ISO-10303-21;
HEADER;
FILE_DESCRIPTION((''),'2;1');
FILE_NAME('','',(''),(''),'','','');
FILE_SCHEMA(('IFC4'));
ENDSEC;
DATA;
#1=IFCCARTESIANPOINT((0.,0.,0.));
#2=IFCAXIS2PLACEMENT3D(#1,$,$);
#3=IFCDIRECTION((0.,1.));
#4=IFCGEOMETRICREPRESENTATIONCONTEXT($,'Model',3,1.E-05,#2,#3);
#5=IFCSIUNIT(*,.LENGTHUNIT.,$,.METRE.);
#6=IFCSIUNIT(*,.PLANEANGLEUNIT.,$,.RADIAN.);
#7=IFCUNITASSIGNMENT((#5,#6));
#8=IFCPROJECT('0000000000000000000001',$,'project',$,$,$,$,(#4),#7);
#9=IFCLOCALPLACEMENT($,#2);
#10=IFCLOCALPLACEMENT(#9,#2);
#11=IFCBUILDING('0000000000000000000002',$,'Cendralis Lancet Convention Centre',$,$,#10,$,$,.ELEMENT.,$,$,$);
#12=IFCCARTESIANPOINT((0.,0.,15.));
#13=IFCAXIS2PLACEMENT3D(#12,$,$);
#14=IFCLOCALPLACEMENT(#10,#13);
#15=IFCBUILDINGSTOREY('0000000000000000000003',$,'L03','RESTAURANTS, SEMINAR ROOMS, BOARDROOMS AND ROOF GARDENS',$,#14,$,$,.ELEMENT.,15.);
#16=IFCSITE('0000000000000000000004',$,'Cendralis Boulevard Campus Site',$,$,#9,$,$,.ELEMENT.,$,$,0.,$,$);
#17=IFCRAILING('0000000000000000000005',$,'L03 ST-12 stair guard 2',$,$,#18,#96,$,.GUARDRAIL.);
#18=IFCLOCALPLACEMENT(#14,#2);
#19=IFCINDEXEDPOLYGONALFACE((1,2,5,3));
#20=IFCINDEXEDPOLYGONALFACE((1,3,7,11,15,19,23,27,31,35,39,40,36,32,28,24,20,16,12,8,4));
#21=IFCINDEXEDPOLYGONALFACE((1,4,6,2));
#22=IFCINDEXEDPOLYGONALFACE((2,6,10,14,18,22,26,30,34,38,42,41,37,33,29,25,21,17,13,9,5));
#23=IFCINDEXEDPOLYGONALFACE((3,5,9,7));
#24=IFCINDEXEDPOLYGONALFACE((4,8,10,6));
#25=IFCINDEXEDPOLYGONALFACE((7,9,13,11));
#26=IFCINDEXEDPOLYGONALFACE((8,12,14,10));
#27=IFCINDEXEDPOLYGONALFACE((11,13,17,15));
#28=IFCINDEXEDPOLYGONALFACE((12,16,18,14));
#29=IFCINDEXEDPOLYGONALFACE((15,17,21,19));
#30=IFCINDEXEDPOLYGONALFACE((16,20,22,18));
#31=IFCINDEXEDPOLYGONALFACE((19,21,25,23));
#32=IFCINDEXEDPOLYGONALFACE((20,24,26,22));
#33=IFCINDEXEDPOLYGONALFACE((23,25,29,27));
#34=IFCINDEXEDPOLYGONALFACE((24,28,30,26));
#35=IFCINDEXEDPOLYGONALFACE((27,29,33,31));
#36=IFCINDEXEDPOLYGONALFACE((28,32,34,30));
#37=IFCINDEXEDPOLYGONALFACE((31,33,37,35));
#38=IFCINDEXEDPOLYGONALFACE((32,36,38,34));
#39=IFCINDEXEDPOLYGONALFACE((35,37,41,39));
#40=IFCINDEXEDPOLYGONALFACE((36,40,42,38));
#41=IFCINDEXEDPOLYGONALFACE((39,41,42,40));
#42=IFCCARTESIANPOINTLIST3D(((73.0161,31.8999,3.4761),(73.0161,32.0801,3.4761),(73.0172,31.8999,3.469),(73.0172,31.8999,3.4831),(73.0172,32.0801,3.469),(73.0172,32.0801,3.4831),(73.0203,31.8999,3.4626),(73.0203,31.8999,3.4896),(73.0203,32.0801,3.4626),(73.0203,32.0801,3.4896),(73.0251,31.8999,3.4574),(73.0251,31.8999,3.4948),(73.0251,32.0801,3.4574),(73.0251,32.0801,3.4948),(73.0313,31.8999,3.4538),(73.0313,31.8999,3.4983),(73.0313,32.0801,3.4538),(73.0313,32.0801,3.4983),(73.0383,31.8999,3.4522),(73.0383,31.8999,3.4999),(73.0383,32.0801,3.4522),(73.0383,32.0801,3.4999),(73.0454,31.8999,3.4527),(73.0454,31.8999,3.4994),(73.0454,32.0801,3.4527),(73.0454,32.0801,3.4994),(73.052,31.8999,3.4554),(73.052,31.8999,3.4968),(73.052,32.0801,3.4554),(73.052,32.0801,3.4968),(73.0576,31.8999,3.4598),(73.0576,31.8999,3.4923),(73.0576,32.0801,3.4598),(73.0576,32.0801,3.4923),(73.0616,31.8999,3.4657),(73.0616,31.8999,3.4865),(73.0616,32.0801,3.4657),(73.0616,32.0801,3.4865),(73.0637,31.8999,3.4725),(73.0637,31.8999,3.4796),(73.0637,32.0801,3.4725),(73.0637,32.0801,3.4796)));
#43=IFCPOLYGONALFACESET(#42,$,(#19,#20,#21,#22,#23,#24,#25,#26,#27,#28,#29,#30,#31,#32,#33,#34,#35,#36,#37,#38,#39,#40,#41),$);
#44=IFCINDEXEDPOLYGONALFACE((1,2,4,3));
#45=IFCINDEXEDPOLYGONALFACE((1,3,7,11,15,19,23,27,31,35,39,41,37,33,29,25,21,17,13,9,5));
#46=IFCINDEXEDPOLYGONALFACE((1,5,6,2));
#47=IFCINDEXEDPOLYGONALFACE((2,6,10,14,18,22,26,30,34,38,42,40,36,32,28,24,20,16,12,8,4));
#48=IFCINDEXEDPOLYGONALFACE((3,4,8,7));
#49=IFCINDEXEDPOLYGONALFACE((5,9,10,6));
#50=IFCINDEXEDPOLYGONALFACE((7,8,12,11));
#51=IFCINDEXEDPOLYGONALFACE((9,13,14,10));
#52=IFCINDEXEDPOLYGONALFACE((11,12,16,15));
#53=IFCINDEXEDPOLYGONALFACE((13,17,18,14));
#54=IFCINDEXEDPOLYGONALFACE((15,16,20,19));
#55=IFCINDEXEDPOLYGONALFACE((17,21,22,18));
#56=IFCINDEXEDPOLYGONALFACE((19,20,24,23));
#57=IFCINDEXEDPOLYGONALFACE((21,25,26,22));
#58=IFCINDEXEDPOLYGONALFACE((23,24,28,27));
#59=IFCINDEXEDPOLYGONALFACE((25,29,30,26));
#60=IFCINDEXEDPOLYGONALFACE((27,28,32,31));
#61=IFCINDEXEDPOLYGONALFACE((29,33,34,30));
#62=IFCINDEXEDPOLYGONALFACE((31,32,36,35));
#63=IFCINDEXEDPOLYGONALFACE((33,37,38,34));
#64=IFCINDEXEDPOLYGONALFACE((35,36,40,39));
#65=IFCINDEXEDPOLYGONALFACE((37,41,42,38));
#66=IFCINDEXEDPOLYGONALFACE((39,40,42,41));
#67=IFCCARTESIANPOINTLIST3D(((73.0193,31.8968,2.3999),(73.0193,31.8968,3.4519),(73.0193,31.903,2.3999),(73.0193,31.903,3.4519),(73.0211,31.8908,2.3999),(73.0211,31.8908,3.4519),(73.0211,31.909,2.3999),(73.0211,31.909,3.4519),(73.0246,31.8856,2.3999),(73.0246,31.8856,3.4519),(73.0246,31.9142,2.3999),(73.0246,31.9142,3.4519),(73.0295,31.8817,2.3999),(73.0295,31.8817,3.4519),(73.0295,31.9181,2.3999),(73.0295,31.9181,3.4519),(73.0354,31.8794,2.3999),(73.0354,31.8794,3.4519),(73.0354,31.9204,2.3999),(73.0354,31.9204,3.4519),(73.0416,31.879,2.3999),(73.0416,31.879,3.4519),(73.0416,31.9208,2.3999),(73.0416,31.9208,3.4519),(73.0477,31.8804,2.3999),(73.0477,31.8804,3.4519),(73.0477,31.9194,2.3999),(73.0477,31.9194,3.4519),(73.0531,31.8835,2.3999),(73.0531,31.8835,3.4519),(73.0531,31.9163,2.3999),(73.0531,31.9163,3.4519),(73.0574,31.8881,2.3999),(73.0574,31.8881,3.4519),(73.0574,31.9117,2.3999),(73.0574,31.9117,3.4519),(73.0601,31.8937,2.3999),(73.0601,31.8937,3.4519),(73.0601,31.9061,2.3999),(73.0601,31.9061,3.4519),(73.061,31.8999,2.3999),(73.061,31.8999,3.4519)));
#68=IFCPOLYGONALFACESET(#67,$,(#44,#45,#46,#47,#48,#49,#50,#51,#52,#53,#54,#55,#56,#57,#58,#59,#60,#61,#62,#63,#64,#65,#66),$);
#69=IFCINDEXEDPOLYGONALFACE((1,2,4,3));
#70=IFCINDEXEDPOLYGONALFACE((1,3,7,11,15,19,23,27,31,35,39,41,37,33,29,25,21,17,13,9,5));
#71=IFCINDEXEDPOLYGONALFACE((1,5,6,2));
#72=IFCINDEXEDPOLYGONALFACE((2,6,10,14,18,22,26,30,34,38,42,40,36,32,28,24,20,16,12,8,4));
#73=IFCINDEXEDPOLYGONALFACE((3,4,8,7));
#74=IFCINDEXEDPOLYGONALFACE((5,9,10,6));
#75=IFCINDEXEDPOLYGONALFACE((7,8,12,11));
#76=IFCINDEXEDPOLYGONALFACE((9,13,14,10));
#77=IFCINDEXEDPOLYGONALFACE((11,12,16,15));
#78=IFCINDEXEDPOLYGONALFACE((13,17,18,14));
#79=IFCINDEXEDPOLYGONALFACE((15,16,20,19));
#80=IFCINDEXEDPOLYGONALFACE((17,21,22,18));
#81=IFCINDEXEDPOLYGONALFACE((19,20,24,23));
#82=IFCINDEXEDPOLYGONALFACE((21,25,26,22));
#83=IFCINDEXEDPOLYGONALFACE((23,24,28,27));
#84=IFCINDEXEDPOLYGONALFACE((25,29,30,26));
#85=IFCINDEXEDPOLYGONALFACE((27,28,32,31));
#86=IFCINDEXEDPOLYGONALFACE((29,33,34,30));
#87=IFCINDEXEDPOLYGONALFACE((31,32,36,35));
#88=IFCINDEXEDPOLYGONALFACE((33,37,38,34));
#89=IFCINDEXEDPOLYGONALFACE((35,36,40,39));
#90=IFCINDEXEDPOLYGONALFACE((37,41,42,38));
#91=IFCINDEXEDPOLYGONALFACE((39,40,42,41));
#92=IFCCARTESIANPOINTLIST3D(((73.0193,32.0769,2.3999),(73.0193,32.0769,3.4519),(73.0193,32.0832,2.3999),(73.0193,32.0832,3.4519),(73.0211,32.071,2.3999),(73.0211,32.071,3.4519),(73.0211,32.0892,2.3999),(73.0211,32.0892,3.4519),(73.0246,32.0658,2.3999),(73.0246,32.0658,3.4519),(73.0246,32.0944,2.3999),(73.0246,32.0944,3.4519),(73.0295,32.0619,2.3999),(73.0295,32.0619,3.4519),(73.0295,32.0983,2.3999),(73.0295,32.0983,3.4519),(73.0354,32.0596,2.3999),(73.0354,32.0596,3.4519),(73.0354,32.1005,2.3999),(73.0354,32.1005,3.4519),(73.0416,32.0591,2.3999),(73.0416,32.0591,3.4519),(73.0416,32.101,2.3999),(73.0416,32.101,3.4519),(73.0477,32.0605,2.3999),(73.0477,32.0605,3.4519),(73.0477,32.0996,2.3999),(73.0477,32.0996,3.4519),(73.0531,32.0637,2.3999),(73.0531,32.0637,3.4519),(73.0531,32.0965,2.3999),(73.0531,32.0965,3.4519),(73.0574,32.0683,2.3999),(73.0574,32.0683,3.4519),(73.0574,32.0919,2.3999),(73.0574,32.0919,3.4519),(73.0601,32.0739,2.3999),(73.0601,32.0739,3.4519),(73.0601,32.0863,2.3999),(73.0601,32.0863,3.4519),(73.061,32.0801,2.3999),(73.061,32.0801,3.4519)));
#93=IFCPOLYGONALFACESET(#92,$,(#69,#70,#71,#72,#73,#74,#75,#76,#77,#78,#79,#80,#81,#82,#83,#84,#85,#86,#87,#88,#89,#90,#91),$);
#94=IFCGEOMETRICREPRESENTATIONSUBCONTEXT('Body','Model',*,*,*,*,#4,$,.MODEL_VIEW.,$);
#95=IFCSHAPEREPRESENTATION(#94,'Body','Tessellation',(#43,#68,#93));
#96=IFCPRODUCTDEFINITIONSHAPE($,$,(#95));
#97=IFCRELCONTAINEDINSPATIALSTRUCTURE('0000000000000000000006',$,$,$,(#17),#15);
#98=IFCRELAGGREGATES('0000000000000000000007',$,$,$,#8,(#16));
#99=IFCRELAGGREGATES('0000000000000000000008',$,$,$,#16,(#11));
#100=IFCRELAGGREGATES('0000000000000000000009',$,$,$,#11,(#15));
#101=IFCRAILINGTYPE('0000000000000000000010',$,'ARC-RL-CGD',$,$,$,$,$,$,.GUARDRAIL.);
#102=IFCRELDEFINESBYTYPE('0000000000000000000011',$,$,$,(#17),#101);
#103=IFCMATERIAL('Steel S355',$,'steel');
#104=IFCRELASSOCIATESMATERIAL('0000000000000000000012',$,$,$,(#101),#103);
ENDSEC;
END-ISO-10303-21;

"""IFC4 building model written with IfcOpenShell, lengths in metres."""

from ifc_helpers import new_model, si_unit, direction, frame, origin, origin_2d, place, context, subcontext, project, spatial, circle, extrude, material, type_object, element, save


model = new_model("IFC4")

# Units and contexts
model_context = context("Model", 3, precision=1e-05, world=origin(), true_north=direction((0.0, 1.0)))
body_context = subcontext(model_context, "Body", "Model", "MODEL_VIEW")
ifc_project = project(units=[si_unit("LENGTHUNIT", "METRE"), si_unit("PLANEANGLEUNIT", "RADIAN")], contexts=[model_context])

# Site, building, storey
site_placement = place(None, origin())
site = spatial("IfcSite", under=ifc_project, at=site_placement, Name="Cendralis Boulevard Campus Site", CompositionType="ELEMENT", RefElevation=0.0)
building_placement = place(site_placement, origin())
building = spatial("IfcBuilding", under=site, at=building_placement, Name="Cendralis Lancet Convention Centre", CompositionType="ELEMENT")
storey_placement = place(building_placement, frame((0.0, 0.0, 15.0)))
storey = spatial("IfcBuildingStorey", under=building, at=storey_placement, Name="L03", Description="RESTAURANTS, SEMINAR ROOMS, BOARDROOMS AND ROOF GARDENS", CompositionType="ELEMENT", Elevation=15.0)

# Railing
ifc_material_1 = material(Name="Steel S355", Category="steel")
railing_type_1 = type_object("IfcRailingType", Name="ARC-RL-CGD", PredefinedType="GUARDRAIL", material=ifc_material_1)
railing_1_placement = place(storey_placement, frame((73.04, 31.8999, 2.3999)))
element("IfcRailing", 1, at=railing_1_placement, inside=storey, type_object=railing_type_1, Name="L03 ST-12 stair guard 2", PredefinedType="GUARDRAIL", context=body_context, shape_type="SweptSolid", body=[
    extrude(circle(Radius=0.0239, at=origin_2d()), frame((0.0, 0.0, 1.0762), z_axis=(0.0, 1.0, 0.0), x_axis=(-1.0, 0.0, 0.0)), (0.0, 0.0, 1.0), 0.1802),
    extrude(circle(Radius=0.021, at=origin_2d()), origin(), (0.0, 0.0, 1.0), 1.052),
    extrude(circle(Radius=0.021, at=origin_2d()), frame((0.0, 0.1802, 0.0)), (0.0, 0.0, 1.0), 1.052),
])

save(model, "model.ifc")
